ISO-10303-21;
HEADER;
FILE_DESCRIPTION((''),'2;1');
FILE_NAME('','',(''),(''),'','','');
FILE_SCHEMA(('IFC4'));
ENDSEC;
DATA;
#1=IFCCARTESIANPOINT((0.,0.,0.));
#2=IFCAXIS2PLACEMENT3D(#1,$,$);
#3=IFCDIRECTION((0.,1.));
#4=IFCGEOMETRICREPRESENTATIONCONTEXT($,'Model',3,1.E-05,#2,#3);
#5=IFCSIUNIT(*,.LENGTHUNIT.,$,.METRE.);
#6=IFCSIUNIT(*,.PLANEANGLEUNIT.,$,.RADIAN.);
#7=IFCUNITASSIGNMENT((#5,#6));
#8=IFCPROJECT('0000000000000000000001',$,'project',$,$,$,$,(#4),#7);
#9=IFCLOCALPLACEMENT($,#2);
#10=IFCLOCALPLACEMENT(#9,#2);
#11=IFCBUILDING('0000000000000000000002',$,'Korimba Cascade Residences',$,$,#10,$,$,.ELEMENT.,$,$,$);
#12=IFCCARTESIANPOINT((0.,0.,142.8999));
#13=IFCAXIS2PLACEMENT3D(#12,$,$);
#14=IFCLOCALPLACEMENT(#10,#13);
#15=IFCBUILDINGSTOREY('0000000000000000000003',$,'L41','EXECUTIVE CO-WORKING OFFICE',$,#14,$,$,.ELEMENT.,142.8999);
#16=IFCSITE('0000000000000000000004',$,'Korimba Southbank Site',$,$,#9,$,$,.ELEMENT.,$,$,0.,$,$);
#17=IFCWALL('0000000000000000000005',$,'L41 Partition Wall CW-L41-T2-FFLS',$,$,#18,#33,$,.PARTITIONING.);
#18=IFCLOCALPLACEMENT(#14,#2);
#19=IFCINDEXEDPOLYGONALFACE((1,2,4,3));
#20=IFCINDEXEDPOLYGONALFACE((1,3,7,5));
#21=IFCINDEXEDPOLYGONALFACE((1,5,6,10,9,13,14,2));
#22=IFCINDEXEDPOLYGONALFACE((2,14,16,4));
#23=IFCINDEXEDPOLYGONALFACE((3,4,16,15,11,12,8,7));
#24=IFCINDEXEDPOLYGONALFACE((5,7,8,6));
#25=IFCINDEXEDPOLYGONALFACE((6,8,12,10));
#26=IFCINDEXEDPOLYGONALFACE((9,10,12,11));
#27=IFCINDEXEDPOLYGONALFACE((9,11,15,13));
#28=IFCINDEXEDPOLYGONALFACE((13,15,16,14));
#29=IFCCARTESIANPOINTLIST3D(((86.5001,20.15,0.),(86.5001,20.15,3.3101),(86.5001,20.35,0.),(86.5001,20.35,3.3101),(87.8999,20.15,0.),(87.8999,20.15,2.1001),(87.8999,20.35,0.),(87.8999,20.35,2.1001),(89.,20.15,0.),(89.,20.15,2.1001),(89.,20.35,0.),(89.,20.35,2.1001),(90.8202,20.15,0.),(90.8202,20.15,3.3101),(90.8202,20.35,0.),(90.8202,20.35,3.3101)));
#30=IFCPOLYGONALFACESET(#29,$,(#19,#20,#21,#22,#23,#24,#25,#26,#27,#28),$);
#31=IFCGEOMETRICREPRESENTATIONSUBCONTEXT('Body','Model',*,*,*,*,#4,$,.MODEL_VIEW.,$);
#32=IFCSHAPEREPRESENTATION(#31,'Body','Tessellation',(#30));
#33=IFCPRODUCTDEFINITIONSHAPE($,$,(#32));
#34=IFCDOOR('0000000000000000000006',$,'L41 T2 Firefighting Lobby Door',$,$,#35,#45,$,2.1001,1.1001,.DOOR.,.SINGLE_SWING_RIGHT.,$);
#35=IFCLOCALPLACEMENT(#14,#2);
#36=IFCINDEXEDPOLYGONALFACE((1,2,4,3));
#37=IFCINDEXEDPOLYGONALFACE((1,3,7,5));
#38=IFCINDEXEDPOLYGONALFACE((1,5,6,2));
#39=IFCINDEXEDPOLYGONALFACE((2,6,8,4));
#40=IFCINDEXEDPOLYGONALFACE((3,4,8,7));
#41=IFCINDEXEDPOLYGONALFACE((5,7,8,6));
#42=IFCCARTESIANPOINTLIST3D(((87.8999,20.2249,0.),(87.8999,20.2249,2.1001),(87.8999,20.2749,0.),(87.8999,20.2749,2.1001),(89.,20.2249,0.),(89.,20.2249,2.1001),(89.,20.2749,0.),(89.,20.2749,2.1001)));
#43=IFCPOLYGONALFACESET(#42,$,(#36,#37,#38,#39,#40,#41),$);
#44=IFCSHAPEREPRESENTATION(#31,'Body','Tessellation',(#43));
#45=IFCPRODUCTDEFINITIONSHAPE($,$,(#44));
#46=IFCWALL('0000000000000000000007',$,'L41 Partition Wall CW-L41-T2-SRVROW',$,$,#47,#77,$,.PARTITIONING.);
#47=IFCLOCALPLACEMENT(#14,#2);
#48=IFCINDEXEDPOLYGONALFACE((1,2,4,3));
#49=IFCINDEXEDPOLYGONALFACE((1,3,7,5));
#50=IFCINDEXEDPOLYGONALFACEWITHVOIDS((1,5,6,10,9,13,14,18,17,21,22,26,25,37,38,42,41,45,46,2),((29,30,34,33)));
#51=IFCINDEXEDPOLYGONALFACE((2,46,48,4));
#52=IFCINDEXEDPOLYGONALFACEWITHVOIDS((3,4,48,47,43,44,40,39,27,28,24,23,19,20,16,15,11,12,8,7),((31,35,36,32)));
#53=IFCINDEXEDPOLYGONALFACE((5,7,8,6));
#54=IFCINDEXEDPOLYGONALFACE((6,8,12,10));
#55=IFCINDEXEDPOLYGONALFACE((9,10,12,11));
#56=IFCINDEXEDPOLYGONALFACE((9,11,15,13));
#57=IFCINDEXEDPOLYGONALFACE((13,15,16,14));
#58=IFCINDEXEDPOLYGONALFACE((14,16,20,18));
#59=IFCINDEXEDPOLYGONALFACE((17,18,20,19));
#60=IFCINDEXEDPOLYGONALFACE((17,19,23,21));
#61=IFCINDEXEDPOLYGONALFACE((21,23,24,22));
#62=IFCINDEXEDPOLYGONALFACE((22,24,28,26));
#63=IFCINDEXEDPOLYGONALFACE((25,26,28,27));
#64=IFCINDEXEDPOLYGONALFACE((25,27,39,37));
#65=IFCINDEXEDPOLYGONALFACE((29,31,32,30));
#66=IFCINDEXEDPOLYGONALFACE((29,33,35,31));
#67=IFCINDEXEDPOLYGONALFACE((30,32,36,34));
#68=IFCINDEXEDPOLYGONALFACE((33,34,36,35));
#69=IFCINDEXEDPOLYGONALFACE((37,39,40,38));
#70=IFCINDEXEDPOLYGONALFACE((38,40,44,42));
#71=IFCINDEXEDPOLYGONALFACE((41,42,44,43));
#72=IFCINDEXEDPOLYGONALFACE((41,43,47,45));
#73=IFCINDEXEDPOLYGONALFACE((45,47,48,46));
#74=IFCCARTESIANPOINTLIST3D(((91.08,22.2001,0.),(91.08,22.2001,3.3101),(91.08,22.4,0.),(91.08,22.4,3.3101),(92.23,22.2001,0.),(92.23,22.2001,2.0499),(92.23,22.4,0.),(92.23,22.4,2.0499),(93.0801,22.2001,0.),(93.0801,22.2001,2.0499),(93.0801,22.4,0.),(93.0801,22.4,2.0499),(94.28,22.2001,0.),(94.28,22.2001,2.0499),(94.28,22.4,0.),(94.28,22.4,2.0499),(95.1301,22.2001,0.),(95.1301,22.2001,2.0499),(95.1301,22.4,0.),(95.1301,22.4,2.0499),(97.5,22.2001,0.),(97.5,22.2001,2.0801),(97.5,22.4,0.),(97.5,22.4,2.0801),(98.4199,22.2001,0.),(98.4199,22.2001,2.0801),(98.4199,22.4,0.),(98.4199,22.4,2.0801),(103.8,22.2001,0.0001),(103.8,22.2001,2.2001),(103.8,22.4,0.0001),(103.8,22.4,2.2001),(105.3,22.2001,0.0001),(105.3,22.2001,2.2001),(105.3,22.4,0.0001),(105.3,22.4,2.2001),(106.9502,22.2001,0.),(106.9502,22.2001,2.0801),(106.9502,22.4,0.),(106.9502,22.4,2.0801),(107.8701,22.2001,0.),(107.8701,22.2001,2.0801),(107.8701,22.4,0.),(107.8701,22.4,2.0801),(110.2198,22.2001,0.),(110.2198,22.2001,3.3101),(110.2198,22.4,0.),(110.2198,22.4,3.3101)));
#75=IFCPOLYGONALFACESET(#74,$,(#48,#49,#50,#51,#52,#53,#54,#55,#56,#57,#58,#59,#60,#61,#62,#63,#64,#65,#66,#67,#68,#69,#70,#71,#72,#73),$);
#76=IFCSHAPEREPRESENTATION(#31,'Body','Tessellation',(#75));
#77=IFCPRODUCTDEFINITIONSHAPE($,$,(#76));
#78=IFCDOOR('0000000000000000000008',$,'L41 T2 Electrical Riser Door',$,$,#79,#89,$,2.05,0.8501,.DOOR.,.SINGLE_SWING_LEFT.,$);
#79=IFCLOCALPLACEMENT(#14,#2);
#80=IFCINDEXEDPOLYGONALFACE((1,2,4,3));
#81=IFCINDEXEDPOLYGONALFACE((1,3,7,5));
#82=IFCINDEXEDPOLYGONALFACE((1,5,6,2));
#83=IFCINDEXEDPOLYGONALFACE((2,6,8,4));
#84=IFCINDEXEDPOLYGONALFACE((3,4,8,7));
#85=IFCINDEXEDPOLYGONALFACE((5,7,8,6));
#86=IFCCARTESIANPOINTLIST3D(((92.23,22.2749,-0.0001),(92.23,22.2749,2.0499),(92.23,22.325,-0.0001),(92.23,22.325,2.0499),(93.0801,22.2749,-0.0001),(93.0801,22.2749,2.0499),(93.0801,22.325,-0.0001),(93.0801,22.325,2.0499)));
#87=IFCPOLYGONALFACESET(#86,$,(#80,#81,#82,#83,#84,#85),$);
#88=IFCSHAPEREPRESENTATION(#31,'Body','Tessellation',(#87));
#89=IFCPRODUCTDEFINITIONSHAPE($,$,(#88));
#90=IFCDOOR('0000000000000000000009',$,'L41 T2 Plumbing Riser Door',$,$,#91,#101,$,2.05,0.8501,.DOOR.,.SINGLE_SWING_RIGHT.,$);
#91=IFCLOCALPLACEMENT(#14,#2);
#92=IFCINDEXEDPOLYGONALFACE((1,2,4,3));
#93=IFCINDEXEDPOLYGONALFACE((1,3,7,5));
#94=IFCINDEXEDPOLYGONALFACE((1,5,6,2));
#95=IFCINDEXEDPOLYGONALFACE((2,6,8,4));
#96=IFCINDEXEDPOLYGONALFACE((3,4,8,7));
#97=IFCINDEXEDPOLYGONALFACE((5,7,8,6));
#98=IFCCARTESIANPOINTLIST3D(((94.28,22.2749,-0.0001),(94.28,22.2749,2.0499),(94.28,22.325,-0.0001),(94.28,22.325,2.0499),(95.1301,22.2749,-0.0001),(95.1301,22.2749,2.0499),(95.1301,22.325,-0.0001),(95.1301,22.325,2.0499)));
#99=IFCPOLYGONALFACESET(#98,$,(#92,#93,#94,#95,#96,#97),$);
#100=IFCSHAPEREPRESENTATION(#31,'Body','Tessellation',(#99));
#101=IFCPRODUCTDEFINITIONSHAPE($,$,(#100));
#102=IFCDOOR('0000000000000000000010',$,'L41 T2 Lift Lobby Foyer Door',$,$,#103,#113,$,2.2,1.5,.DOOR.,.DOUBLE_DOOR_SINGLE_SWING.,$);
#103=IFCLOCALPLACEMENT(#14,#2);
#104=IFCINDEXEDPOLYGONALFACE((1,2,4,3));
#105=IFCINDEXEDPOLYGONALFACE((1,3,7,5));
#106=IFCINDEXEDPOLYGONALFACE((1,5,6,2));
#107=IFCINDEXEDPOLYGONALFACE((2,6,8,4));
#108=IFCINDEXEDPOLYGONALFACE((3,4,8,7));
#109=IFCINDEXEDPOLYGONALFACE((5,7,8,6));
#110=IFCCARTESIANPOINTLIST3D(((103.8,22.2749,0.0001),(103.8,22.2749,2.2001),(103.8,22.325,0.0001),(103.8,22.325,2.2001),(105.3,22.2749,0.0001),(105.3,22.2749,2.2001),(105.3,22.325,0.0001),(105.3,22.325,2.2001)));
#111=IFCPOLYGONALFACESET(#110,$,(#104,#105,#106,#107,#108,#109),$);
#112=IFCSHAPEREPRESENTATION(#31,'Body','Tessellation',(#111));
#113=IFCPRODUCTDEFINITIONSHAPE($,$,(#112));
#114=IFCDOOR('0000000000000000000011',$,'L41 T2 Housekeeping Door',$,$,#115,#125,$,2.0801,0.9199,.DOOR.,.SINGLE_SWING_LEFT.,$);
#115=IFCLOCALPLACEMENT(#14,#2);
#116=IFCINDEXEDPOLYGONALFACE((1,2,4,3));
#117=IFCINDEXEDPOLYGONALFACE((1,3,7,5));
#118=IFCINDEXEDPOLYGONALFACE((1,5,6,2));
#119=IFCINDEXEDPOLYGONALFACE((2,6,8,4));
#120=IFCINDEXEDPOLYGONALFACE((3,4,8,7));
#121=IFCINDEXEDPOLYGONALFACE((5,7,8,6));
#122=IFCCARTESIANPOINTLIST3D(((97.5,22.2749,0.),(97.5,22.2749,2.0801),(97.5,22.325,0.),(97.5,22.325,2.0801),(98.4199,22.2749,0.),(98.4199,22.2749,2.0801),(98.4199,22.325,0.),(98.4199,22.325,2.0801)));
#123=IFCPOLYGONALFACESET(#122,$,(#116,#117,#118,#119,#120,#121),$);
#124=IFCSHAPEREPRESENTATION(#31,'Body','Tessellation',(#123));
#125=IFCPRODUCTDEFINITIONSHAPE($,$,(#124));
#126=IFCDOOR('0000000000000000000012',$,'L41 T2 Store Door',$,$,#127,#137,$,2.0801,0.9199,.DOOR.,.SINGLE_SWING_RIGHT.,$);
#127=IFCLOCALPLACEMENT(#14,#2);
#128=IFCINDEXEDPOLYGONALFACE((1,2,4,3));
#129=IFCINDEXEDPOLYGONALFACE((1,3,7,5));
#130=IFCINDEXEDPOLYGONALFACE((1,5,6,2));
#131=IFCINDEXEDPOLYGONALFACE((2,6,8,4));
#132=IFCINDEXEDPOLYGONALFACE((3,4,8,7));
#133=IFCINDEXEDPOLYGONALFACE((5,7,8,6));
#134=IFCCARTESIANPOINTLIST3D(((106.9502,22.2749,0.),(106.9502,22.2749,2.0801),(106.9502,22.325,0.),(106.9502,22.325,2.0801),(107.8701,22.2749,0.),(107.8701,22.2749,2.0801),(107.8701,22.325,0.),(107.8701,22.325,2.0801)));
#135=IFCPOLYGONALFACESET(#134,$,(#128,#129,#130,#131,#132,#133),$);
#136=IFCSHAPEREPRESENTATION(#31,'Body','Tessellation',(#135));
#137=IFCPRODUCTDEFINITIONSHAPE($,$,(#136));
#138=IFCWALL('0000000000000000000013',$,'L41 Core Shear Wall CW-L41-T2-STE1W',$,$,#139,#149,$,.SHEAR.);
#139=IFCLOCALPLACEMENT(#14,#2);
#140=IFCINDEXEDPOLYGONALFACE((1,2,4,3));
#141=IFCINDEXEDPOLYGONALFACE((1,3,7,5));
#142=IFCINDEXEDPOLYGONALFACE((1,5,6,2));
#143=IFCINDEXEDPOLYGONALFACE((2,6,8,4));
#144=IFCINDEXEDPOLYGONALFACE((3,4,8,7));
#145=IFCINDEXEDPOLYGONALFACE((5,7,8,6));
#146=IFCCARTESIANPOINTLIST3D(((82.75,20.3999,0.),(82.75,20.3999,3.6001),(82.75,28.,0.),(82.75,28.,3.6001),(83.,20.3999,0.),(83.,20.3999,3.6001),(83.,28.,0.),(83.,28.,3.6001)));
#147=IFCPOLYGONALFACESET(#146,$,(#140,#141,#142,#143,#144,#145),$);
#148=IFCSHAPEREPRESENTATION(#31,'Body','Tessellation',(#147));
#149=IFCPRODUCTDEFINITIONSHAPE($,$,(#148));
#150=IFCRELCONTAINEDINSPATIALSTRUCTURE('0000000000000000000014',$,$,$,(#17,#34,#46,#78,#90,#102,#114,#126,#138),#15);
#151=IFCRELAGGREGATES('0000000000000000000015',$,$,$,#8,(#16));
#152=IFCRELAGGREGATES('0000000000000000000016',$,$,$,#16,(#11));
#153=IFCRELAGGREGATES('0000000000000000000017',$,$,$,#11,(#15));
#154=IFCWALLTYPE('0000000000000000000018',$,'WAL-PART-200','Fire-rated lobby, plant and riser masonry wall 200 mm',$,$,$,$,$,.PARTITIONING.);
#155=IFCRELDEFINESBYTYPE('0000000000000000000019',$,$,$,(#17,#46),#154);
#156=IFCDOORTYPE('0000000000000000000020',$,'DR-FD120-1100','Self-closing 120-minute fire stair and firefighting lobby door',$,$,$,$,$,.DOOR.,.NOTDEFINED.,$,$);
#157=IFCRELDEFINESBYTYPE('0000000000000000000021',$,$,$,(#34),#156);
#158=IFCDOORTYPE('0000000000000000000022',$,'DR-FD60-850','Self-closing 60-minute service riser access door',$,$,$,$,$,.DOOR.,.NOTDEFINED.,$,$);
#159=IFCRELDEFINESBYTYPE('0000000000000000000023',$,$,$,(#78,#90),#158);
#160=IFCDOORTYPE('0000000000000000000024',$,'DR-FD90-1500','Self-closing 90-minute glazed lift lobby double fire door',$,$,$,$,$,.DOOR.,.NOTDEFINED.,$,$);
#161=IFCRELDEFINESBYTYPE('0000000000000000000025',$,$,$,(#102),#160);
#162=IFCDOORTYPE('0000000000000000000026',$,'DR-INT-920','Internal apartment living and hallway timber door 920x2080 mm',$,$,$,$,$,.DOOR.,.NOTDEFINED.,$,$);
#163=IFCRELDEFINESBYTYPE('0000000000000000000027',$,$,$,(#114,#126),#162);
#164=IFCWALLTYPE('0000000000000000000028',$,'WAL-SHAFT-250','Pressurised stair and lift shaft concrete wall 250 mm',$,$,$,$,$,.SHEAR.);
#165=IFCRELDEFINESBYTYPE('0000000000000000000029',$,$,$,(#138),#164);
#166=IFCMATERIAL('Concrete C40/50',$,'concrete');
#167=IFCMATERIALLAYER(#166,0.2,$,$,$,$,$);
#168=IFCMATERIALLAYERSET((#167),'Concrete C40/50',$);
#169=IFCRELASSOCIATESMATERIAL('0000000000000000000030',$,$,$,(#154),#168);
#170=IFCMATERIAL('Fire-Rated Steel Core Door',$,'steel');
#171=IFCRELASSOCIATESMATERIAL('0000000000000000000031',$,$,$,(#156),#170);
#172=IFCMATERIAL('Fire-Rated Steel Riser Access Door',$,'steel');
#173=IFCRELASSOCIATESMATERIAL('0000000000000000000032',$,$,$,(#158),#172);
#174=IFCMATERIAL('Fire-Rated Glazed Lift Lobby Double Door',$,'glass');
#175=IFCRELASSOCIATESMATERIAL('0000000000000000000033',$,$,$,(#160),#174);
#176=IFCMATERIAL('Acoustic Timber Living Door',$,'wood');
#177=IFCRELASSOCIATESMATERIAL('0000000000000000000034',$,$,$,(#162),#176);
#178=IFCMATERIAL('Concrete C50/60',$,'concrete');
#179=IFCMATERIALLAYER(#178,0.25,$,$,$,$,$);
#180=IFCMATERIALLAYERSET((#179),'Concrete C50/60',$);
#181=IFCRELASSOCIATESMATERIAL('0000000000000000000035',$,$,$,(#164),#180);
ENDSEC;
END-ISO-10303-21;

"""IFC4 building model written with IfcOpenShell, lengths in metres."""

from ifc_helpers import new_model, si_unit, direction, frame, frame_2d, origin, place, context, subcontext, project, spatial, rectangle, extrude, material, layer, layer_set, type_object, element, fill, save


model = new_model("IFC4")

# Units and contexts
model_context = context("Model", 3, precision=1e-05, world=origin(), true_north=direction((0.0, 1.0)))
body_context = subcontext(model_context, "Body", "Model", "MODEL_VIEW")
ifc_project = project(units=[si_unit("LENGTHUNIT", "METRE"), si_unit("PLANEANGLEUNIT", "RADIAN")], contexts=[model_context])

# Site, building, storey
site_placement = place(None, origin())
site = spatial("IfcSite", under=ifc_project, at=site_placement, Name="Korimba Southbank Site", CompositionType="ELEMENT", RefElevation=0.0)
building_placement = place(site_placement, origin())
building = spatial("IfcBuilding", under=site, at=building_placement, Name="Korimba Cascade Residences", CompositionType="ELEMENT")
storey_placement = place(building_placement, frame((0.0, 0.0, 142.8999)))
storey = spatial("IfcBuildingStorey", under=building, at=storey_placement, Name="L41", Description="EXECUTIVE CO-WORKING OFFICE", CompositionType="ELEMENT", Elevation=142.8999)

# Wall, opening, door
ifc_material_1 = material(Name="Concrete C40/50", Category="concrete")
ifc_layer_1 = layer(ifc_material_1, 0.2)
ifc_layer_set_1 = layer_set([ifc_layer_1], Name="Concrete C40/50")
wall_type_1 = type_object("IfcWallType", Name="WAL-PART-200", Description="Fire-rated lobby, plant and riser masonry wall 200 mm", PredefinedType="PARTITIONING", material=ifc_layer_set_1)
wall_1_placement = place(storey_placement, frame((86.5, 20.25, 0.0), z_axis=(0.0, 0.0, 1.0), x_axis=(1.0, 0.0, 0.0)))
wall_1 = element("IfcWall", 1, at=wall_1_placement, inside=storey, type_object=wall_type_1, Name="L41 Partition Wall CW-L41-T2-FFLS", PredefinedType="PARTITIONING", context=body_context, shape_type="SweptSolid", body=[
    extrude(rectangle(XDim=4.3201, YDim=0.2, at=frame_2d((2.1602, 0.0))), origin(), (0.0, 0.0, 1.0), 3.3101),
])
opening_1_placement = place(wall_1_placement, frame((1.3999, 0.0, 0.0)))
opening_1 = element("IfcOpeningElement", 2, at=opening_1_placement, cuts=wall_1, PredefinedType="OPENING", context=body_context, shape_type="SweptSolid", body=[
    extrude(rectangle(XDim=1.1001, YDim=2.1001, at=frame_2d((0.55, 1.05))), frame((0.0, 0.1099, 0.0), z_axis=(0.0, -1.0, 0.0), x_axis=(1.0, 0.0, 0.0)), (0.0, 0.0, 1.0), 0.22),
])
ifc_material_2 = material(Name="Fire-Rated Steel Core Door", Category="steel")
door_type_1 = type_object("IfcDoorType", Name="DR-FD120-1100", Description="Self-closing 120-minute fire stair and firefighting lobby door", OperationType="NOTDEFINED", PredefinedType="DOOR", material=ifc_material_2)
door_1_placement = place(opening_1_placement, origin())
door_1 = element("IfcDoor", 3, at=door_1_placement, inside=storey, type_object=door_type_1, Name="L41 T2 Firefighting Lobby Door", OperationType="SINGLE_SWING_RIGHT", OverallHeight=2.1001, OverallWidth=1.1001, PredefinedType="DOOR", context=body_context, shape_type="SweptSolid", body=[
    extrude(rectangle(XDim=1.1001, YDim=2.1001, at=frame_2d((0.55, 1.05))), frame((0.0, 0.0249, 0.0), z_axis=(0.0, -1.0, 0.0), x_axis=(1.0, 0.0, 0.0)), (0.0, 0.0, 1.0), 0.05),
])
fill(opening_1, door_1)

# Wall, openings, doors
wall_2_placement = place(storey_placement, frame((91.0801, 22.3, 0.0), z_axis=(0.0, 0.0, 1.0), x_axis=(1.0, 0.0, 0.0)))
wall_2 = element("IfcWall", 4, at=wall_2_placement, inside=storey, type_object=wall_type_1, Name="L41 Partition Wall CW-L41-T2-SRVROW", PredefinedType="PARTITIONING", context=body_context, shape_type="SweptSolid", body=[
    extrude(rectangle(XDim=19.1399, YDim=0.2, at=frame_2d((9.5698, 0.0))), origin(), (0.0, 0.0, 1.0), 3.3101),
])
opening_2_placement = place(wall_2_placement, frame((1.1499, 0.0, 0.0)))
opening_2 = element("IfcOpeningElement", 5, at=opening_2_placement, cuts=wall_2, PredefinedType="OPENING", context=body_context, shape_type="SweptSolid", body=[
    extrude(rectangle(XDim=0.8501, YDim=2.05, at=frame_2d((0.425, 1.0249))), frame((0.0, 0.1099, 0.0), z_axis=(0.0, -1.0, 0.0), x_axis=(1.0, 0.0, 0.0)), (0.0, 0.0, 1.0), 0.22),
])
opening_3_placement = place(wall_2_placement, frame((3.2, 0.0, 0.0)))
opening_3 = element("IfcOpeningElement", 6, at=opening_3_placement, cuts=wall_2, PredefinedType="OPENING", context=body_context, shape_type="SweptSolid", body=[
    extrude(rectangle(XDim=0.8501, YDim=2.05, at=frame_2d((0.425, 1.0249))), frame((0.0, 0.1099, 0.0), z_axis=(0.0, -1.0, 0.0), x_axis=(1.0, 0.0, 0.0)), (0.0, 0.0, 1.0), 0.22),
])
opening_4_placement = place(wall_2_placement, frame((12.72, 0.0, 0.0)))
opening_4 = element("IfcOpeningElement", 7, at=opening_4_placement, cuts=wall_2, PredefinedType="OPENING", context=body_context, shape_type="SweptSolid", body=[
    extrude(rectangle(XDim=1.5, YDim=2.2, at=frame_2d((0.75, 1.1001))), frame((0.0, 0.1099, 0.0), z_axis=(0.0, -1.0, 0.0), x_axis=(1.0, 0.0, 0.0)), (0.0, 0.0, 1.0), 0.22),
])
opening_5_placement = place(wall_2_placement, frame((6.4199, 0.0, 0.0)))
opening_5 = element("IfcOpeningElement", 8, at=opening_5_placement, cuts=wall_2, PredefinedType="OPENING", context=body_context, shape_type="SweptSolid", body=[
    extrude(rectangle(XDim=0.9199, YDim=2.0801, at=frame_2d((0.46, 1.04))), frame((0.0, 0.1099, 0.0), z_axis=(0.0, -1.0, 0.0), x_axis=(1.0, 0.0, 0.0)), (0.0, 0.0, 1.0), 0.22),
])
opening_6_placement = place(wall_2_placement, frame((15.8701, 0.0, 0.0)))
opening_6 = element("IfcOpeningElement", 9, at=opening_6_placement, cuts=wall_2, PredefinedType="OPENING", context=body_context, shape_type="SweptSolid", body=[
    extrude(rectangle(XDim=0.9199, YDim=2.0801, at=frame_2d((0.46, 1.04))), frame((0.0, 0.1099, 0.0), z_axis=(0.0, -1.0, 0.0), x_axis=(1.0, 0.0, 0.0)), (0.0, 0.0, 1.0), 0.22),
])
ifc_material_3 = material(Name="Fire-Rated Steel Riser Access Door", Category="steel")
door_type_2 = type_object("IfcDoorType", Name="DR-FD60-850", Description="Self-closing 60-minute service riser access door", OperationType="NOTDEFINED", PredefinedType="DOOR", material=ifc_material_3)
door_2_placement = place(opening_2_placement, origin())
door_2 = element("IfcDoor", 10, at=door_2_placement, inside=storey, type_object=door_type_2, Name="L41 T2 Electrical Riser Door", OperationType="SINGLE_SWING_LEFT", OverallHeight=2.05, OverallWidth=0.8501, PredefinedType="DOOR", context=body_context, shape_type="SweptSolid", body=[
    extrude(rectangle(XDim=0.8501, YDim=2.05, at=frame_2d((0.425, 1.0249))), frame((0.0, 0.0249, 0.0), z_axis=(0.0, -1.0, 0.0), x_axis=(1.0, 0.0, 0.0)), (0.0, 0.0, 1.0), 0.05),
])
fill(opening_2, door_2)
door_3_placement = place(opening_3_placement, origin())
door_3 = element("IfcDoor", 11, at=door_3_placement, inside=storey, type_object=door_type_2, Name="L41 T2 Plumbing Riser Door", OperationType="SINGLE_SWING_RIGHT", OverallHeight=2.05, OverallWidth=0.8501, PredefinedType="DOOR", context=body_context, shape_type="SweptSolid", body=[
    extrude(rectangle(XDim=0.8501, YDim=2.05, at=frame_2d((0.425, 1.0249))), frame((0.0, 0.0249, 0.0), z_axis=(0.0, -1.0, 0.0), x_axis=(1.0, 0.0, 0.0)), (0.0, 0.0, 1.0), 0.05),
])
fill(opening_3, door_3)
ifc_material_4 = material(Name="Fire-Rated Glazed Lift Lobby Double Door", Category="glass")
door_type_3 = type_object("IfcDoorType", Name="DR-FD90-1500", Description="Self-closing 90-minute glazed lift lobby double fire door", OperationType="NOTDEFINED", PredefinedType="DOOR", material=ifc_material_4)
door_4_placement = place(opening_4_placement, origin())
door_4 = element("IfcDoor", 12, at=door_4_placement, inside=storey, type_object=door_type_3, Name="L41 T2 Lift Lobby Foyer Door", OperationType="DOUBLE_DOOR_SINGLE_SWING", OverallHeight=2.2, OverallWidth=1.5, PredefinedType="DOOR", context=body_context, shape_type="SweptSolid", body=[
    extrude(rectangle(XDim=1.5, YDim=2.2, at=frame_2d((0.75, 1.1001))), frame((0.0, 0.0249, 0.0), z_axis=(0.0, -1.0, 0.0), x_axis=(1.0, 0.0, 0.0)), (0.0, 0.0, 1.0), 0.05),
])
fill(opening_4, door_4)
ifc_material_5 = material(Name="Acoustic Timber Living Door", Category="wood")
door_type_4 = type_object("IfcDoorType", Name="DR-INT-920", Description="Internal apartment living and hallway timber door 920x2080 mm", OperationType="NOTDEFINED", PredefinedType="DOOR", material=ifc_material_5)
door_5_placement = place(opening_5_placement, origin())
door_5 = element("IfcDoor", 13, at=door_5_placement, inside=storey, type_object=door_type_4, Name="L41 T2 Housekeeping Door", OperationType="SINGLE_SWING_LEFT", OverallHeight=2.0801, OverallWidth=0.9199, PredefinedType="DOOR", context=body_context, shape_type="SweptSolid", body=[
    extrude(rectangle(XDim=0.9199, YDim=2.0801, at=frame_2d((0.46, 1.04))), frame((0.0, 0.0249, 0.0), z_axis=(0.0, -1.0, 0.0), x_axis=(1.0, 0.0, 0.0)), (0.0, 0.0, 1.0), 0.05),
])
fill(opening_5, door_5)
door_6_placement = place(opening_6_placement, origin())
door_6 = element("IfcDoor", 14, at=door_6_placement, inside=storey, type_object=door_type_4, Name="L41 T2 Store Door", OperationType="SINGLE_SWING_RIGHT", OverallHeight=2.0801, OverallWidth=0.9199, PredefinedType="DOOR", context=body_context, shape_type="SweptSolid", body=[
    extrude(rectangle(XDim=0.9199, YDim=2.0801, at=frame_2d((0.46, 1.04))), frame((0.0, 0.0249, 0.0), z_axis=(0.0, -1.0, 0.0), x_axis=(1.0, 0.0, 0.0)), (0.0, 0.0, 1.0), 0.05),
])
fill(opening_6, door_6)

# Wall
ifc_material_6 = material(Name="Concrete C50/60", Category="concrete")
ifc_layer_2 = layer(ifc_material_6, 0.25)
ifc_layer_set_2 = layer_set([ifc_layer_2], Name="Concrete C50/60")
wall_type_2 = type_object("IfcWallType", Name="WAL-SHAFT-250", Description="Pressurised stair and lift shaft concrete wall 250 mm", PredefinedType="SHEAR", material=ifc_layer_set_2)
wall_3_placement = place(storey_placement, frame((82.875, 20.3999, 0.0), z_axis=(0.0, 0.0, 1.0), x_axis=(0.0, 1.0, 0.0)))
element("IfcWall", 15, at=wall_3_placement, inside=storey, type_object=wall_type_2, Name="L41 Core Shear Wall CW-L41-T2-STE1W", PredefinedType="SHEAR", context=body_context, shape_type="SweptSolid", body=[
    extrude(rectangle(XDim=7.6001, YDim=0.25, at=frame_2d((3.8, 0.0))), origin(), (0.0, 0.0, 1.0), 3.6001),
])

save(model, "model.ifc")
